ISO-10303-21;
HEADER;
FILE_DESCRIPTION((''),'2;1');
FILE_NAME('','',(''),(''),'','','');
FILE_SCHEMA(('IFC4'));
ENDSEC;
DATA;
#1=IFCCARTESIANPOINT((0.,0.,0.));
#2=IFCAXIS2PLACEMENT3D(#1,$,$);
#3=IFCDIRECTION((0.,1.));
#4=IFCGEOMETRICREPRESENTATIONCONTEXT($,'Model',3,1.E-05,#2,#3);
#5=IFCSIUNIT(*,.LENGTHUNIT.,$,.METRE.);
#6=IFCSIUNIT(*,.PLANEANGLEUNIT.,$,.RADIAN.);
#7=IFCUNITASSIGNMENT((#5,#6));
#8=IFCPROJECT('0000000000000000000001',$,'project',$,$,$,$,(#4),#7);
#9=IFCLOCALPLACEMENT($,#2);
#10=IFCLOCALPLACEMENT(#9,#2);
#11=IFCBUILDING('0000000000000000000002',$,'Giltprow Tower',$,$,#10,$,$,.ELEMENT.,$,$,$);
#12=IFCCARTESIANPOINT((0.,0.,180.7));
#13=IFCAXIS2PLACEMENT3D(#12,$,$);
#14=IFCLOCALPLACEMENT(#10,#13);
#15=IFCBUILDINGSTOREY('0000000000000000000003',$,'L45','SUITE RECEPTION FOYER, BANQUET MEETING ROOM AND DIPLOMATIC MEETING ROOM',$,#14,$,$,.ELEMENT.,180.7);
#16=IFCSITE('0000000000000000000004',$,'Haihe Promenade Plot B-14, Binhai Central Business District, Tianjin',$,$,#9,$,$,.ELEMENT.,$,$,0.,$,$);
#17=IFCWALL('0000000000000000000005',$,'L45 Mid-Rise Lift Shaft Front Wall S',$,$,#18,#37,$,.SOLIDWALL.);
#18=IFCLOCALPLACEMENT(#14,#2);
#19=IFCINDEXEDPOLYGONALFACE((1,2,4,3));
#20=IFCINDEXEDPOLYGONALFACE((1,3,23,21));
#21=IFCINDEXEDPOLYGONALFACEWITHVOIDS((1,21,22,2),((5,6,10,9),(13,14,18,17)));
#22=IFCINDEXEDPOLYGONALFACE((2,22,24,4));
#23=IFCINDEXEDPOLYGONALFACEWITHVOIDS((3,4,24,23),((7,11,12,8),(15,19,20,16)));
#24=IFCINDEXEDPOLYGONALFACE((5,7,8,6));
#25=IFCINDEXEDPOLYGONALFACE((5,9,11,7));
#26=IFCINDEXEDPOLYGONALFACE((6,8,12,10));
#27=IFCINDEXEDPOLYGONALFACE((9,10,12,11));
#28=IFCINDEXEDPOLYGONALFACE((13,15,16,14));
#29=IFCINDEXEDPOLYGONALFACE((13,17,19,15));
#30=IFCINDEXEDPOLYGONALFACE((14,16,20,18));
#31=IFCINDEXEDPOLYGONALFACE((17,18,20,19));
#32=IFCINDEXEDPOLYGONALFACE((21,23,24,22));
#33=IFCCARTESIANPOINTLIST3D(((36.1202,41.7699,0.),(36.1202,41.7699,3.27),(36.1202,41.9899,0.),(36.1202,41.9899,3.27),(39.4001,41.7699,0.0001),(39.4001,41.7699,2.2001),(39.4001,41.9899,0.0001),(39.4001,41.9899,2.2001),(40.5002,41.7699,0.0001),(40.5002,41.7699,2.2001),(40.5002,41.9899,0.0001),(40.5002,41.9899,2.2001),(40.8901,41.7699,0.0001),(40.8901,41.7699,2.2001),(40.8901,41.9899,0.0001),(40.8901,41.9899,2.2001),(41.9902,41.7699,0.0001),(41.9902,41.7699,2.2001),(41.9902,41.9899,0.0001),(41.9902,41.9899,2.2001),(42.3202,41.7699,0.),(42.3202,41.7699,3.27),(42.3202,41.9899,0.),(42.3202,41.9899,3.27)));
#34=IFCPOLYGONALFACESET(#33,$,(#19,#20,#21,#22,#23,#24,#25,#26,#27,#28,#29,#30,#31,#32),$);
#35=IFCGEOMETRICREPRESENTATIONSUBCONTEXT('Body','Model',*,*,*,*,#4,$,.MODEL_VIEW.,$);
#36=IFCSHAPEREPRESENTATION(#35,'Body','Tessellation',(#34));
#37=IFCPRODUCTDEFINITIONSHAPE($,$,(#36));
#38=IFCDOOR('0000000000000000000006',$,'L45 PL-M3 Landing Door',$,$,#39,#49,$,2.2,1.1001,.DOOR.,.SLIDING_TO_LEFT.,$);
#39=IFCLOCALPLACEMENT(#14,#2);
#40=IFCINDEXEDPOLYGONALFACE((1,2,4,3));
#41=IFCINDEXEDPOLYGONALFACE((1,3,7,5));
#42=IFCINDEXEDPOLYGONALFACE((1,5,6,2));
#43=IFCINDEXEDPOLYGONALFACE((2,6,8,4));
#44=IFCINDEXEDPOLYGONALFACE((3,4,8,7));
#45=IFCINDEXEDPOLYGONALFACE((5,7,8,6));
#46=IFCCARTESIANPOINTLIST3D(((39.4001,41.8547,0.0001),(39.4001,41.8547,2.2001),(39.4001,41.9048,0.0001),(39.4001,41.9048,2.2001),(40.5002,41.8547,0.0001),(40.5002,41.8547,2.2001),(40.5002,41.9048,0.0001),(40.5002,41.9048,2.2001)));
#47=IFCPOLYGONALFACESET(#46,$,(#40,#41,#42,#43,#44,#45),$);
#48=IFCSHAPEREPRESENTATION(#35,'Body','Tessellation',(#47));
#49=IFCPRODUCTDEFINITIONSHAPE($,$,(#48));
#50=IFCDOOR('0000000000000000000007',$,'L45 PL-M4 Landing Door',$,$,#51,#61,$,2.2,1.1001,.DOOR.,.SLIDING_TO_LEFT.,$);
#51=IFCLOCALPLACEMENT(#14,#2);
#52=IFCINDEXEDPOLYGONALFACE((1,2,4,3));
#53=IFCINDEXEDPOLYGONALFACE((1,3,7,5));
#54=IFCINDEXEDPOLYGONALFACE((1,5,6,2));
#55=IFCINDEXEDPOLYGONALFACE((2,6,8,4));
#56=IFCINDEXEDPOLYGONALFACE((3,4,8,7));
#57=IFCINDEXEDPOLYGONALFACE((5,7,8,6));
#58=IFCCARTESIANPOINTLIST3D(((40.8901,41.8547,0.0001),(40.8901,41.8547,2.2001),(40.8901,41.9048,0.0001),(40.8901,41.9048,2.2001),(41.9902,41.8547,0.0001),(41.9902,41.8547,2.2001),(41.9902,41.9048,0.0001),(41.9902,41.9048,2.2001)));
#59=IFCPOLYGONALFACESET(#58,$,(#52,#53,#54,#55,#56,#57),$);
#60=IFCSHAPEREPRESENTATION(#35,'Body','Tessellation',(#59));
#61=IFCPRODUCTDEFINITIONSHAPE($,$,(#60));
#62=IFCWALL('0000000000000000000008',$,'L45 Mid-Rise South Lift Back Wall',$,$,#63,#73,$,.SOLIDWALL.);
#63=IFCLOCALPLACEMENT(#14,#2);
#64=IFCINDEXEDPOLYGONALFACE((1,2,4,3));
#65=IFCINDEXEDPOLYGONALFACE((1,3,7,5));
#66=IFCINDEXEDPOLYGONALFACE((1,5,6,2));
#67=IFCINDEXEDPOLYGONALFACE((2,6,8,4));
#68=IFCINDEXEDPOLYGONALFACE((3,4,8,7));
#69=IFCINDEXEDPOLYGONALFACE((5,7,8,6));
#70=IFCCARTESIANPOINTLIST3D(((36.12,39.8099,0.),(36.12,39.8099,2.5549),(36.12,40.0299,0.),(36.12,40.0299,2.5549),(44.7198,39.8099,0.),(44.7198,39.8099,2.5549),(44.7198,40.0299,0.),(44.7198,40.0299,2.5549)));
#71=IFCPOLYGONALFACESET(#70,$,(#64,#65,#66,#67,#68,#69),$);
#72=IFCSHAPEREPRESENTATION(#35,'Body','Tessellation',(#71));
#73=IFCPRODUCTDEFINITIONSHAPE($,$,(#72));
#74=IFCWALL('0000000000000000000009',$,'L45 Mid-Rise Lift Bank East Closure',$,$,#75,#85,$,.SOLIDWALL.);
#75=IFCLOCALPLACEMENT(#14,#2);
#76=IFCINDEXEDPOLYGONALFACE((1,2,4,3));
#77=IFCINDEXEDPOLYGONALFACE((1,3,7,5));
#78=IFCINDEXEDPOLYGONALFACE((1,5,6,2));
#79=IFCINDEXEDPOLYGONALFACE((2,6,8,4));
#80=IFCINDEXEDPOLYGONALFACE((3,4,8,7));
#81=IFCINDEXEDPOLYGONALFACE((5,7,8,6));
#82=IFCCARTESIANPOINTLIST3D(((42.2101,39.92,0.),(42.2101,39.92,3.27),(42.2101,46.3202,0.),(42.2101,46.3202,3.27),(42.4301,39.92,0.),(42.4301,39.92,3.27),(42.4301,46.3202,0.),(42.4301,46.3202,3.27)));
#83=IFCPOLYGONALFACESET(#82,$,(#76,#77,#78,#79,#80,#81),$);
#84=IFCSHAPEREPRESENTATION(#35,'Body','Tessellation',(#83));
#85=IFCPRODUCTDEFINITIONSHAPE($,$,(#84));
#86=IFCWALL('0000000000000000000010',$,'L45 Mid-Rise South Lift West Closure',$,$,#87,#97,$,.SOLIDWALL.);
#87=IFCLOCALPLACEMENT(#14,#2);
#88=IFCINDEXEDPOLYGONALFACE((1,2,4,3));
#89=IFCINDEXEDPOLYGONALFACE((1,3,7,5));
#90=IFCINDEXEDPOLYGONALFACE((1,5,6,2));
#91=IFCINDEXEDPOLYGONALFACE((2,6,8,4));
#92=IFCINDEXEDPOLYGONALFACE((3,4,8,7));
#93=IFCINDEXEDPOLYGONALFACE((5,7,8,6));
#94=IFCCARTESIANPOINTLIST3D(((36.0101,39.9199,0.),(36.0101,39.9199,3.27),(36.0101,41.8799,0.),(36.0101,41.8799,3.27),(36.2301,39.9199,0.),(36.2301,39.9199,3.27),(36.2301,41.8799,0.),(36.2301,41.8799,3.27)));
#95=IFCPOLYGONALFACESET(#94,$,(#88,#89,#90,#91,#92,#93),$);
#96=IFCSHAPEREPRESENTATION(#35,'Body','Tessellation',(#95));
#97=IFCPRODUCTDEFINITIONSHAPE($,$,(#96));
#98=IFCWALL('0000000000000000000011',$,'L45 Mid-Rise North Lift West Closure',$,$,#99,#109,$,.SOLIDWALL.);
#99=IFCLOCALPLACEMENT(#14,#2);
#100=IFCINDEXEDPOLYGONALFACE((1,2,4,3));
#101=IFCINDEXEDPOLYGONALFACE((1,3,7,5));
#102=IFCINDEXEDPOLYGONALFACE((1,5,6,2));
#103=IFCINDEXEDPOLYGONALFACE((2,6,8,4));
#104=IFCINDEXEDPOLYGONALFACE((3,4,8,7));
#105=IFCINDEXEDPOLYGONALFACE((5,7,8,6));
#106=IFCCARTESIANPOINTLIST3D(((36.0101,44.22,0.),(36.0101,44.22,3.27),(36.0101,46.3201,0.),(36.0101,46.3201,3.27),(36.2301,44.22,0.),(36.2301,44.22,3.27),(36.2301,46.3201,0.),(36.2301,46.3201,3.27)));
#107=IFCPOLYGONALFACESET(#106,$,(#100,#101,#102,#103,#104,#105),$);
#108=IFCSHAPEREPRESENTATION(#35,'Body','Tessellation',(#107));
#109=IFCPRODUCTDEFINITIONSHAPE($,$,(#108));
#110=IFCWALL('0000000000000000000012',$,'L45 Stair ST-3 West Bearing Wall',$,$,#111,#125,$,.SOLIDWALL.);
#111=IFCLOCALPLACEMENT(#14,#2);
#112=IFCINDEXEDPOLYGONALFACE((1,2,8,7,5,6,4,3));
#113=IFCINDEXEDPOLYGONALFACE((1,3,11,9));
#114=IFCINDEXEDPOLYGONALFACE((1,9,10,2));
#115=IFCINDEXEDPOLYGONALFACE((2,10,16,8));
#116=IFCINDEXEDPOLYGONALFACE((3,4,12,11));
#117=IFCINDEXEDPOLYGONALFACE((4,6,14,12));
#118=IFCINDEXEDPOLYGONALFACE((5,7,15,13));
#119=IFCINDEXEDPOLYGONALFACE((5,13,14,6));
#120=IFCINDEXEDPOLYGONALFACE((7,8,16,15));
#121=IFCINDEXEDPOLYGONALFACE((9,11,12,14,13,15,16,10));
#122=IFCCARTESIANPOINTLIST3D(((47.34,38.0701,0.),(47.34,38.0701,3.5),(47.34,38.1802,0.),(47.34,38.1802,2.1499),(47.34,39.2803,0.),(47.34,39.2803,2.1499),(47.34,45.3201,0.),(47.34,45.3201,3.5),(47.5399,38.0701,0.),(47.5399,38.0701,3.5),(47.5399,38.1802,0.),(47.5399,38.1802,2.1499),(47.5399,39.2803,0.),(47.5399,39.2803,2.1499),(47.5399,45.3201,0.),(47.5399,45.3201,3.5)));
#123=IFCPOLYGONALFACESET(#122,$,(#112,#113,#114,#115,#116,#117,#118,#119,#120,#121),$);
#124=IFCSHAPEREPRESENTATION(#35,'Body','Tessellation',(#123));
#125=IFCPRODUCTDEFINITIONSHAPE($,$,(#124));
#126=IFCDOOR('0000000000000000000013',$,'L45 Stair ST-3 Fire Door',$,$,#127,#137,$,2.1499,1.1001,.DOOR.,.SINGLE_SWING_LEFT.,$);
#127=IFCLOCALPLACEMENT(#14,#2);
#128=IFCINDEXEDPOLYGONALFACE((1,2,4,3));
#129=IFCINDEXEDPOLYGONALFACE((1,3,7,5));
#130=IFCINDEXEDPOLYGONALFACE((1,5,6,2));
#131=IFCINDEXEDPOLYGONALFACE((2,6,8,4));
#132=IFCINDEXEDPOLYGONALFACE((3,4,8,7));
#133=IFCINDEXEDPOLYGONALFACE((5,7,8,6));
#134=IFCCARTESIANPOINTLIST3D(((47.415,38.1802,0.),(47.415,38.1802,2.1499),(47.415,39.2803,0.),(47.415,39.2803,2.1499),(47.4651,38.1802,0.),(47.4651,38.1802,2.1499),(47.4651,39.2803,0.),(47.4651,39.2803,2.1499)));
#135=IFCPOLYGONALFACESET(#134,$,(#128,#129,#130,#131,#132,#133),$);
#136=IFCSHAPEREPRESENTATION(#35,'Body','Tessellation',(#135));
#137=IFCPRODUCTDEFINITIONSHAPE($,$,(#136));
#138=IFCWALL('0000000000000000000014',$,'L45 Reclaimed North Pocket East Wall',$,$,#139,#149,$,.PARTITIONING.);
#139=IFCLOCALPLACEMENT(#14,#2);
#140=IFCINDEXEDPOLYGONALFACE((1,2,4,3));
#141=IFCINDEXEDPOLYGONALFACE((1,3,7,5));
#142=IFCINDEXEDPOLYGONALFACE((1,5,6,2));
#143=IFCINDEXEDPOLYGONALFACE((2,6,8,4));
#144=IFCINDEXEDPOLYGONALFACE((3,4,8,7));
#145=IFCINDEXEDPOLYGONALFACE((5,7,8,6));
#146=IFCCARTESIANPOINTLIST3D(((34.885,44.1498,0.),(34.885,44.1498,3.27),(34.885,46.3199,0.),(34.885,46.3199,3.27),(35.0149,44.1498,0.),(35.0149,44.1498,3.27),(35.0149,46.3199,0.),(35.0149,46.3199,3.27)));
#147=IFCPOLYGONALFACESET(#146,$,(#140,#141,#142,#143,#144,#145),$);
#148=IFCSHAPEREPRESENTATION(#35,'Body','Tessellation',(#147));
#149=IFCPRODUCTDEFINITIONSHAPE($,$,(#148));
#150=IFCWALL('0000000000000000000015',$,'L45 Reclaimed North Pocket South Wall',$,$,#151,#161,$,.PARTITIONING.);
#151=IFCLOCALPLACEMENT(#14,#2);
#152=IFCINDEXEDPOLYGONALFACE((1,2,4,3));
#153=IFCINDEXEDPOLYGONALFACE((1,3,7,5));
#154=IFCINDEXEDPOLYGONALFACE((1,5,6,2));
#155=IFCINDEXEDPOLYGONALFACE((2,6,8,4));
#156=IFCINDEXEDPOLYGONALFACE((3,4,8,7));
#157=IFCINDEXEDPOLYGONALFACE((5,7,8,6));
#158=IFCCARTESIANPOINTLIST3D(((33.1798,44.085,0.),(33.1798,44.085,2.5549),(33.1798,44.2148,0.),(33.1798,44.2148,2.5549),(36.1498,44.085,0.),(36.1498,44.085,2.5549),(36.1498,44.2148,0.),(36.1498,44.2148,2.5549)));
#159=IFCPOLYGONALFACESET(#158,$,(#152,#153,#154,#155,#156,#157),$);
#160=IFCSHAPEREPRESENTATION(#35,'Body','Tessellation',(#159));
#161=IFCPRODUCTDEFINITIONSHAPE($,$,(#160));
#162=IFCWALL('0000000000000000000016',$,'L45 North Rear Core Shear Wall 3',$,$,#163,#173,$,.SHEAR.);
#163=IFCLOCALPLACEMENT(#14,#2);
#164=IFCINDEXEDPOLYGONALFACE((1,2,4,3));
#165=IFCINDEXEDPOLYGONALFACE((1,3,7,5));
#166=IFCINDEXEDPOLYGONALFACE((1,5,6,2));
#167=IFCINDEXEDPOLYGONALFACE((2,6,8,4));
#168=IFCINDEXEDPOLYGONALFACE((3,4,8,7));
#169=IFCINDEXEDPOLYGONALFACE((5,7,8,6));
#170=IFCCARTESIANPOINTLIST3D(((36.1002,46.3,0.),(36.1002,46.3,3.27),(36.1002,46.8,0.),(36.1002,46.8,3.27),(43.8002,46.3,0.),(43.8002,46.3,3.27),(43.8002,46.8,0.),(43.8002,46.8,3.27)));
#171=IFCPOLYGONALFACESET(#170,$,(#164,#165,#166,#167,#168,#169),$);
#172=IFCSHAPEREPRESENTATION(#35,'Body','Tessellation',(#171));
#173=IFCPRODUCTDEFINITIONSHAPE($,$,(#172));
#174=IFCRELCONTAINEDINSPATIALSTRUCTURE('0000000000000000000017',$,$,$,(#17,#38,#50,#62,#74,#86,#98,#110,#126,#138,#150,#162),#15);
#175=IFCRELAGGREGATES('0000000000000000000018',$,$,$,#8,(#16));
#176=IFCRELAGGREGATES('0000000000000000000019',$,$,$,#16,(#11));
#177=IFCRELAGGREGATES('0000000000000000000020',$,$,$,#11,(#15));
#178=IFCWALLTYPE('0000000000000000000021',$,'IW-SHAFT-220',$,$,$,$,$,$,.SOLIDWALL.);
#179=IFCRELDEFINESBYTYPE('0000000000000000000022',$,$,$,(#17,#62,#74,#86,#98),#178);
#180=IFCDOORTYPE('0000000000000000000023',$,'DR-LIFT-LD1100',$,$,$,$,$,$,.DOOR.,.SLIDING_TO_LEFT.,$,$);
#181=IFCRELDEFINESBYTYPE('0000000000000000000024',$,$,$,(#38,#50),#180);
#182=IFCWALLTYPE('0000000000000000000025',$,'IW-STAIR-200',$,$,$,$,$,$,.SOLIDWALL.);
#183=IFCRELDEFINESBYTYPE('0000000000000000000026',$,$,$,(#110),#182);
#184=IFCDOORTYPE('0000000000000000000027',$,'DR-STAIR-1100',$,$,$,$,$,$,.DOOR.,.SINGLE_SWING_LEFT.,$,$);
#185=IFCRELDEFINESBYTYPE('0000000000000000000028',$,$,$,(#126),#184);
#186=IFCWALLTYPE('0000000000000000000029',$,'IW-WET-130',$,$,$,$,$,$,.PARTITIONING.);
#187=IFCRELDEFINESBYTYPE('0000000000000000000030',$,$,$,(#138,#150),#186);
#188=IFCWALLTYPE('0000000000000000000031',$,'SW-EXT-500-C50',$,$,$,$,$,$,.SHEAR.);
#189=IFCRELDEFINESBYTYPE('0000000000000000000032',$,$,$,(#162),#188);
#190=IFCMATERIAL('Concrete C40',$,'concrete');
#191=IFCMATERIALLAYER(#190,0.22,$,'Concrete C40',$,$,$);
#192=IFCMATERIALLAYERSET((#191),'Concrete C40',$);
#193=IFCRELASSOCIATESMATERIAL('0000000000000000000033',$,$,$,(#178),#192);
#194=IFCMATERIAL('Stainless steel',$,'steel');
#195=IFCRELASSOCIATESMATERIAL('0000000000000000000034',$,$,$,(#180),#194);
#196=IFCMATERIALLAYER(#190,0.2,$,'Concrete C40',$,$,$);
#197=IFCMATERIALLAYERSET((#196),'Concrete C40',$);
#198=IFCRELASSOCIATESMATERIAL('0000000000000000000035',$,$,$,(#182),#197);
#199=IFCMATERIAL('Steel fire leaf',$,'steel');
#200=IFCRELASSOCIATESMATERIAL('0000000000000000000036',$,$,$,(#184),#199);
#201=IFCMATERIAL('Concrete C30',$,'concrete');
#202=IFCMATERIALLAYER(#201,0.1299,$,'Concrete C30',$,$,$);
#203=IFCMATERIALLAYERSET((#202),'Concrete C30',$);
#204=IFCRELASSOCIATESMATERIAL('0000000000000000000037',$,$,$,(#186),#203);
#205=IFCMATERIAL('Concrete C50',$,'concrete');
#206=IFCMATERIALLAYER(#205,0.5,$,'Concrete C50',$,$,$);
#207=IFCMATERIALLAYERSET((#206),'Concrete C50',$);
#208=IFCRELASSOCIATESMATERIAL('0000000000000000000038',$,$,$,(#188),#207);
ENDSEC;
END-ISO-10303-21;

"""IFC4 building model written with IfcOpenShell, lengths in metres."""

from ifc_helpers import new_model, si_unit, direction, frame, frame_2d, origin, place, context, subcontext, project, spatial, rectangle, extrude, source, transform, mapped, material, layer, layer_set, type_object, element, fill, save


model = new_model("IFC4")

# Units and contexts
model_context = context("Model", 3, precision=1e-05, world=origin(), true_north=direction((0.0, 1.0)))
body_context = subcontext(model_context, "Body", "Model", "MODEL_VIEW")
ifc_project = project(units=[si_unit("LENGTHUNIT", "METRE"), si_unit("PLANEANGLEUNIT", "RADIAN")], contexts=[model_context])

# Site, building, storey
site_placement = place(None, origin())
site = spatial("IfcSite", under=ifc_project, at=site_placement, Name="Haihe Promenade Plot B-14, Binhai Central Business District, Tianjin", CompositionType="ELEMENT", RefElevation=0.0)
building_placement = place(site_placement, origin())
building = spatial("IfcBuilding", under=site, at=building_placement, Name="Giltprow Tower", CompositionType="ELEMENT")
storey_placement = place(building_placement, frame((0.0, 0.0, 180.7)))
storey = spatial("IfcBuildingStorey", under=building, at=storey_placement, Name="L45", Description="SUITE RECEPTION FOYER, BANQUET MEETING ROOM AND DIPLOMATIC MEETING ROOM", CompositionType="ELEMENT", Elevation=180.7)

# Shared definitions
ifc_material_1 = material(Name="Concrete C50", Category="concrete")

# Shared definitions
ifc_material_2 = material(Name="Concrete C40", Category="concrete")
ifc_layer_1 = layer(ifc_material_2, 0.22, Name="Concrete C40")
ifc_layer_set_1 = layer_set([ifc_layer_1], Name="Concrete C40")
wall_type_1 = type_object("IfcWallType", Name="IW-SHAFT-220", PredefinedType="SOLIDWALL", material=ifc_layer_set_1)
ifc_material_3 = material(Name="Stainless steel", Category="steel")
door_type_1 = type_object("IfcDoorType", Name="DR-LIFT-LD1100", OperationType="SLIDING_TO_LEFT", PredefinedType="DOOR", material=ifc_material_3)
shared_shape_1 = source(origin(), body_context, "Body", "SweptSolid", [
    extrude(rectangle(XDim=1.1001, YDim=2.2, at=frame_2d((0.55, 1.1001))), frame((0.0, 0.0249, 0.0), z_axis=(0.0, -1.0, 0.0), x_axis=(1.0, 0.0, 0.0)), (0.0, 0.0, 1.0), 0.05),
])

# Wall, openings, doors
wall_1_placement = place(storey_placement, frame((36.1201, 41.8799, 0.0), z_axis=(0.0, 0.0, 1.0), x_axis=(1.0, 0.0, 0.0)))
wall_1 = element("IfcWall", 1, at=wall_1_placement, inside=storey, type_object=wall_type_1, Name="L45 Mid-Rise Lift Shaft Front Wall S", PredefinedType="SOLIDWALL", context=body_context, shape_type="SweptSolid", body=[
    extrude(rectangle(XDim=6.2, YDim=0.22, at=frame_2d((3.1001, 0.0))), origin(), (0.0, 0.0, 1.0), 3.27),
])
opening_1_placement = place(wall_1_placement, frame((3.28, 0.0, 0.0)))
opening_1 = element("IfcOpeningElement", 2, at=opening_1_placement, cuts=wall_1, PredefinedType="OPENING", context=body_context, shape_type="SweptSolid", body=[
    extrude(rectangle(XDim=1.1001, YDim=2.2, at=frame_2d((0.55, 1.1001))), frame((0.0, 0.1199, 0.0), z_axis=(0.0, -1.0, 0.0), x_axis=(1.0, 0.0, 0.0)), (0.0, 0.0, 1.0), 0.24),
])
opening_2_placement = place(wall_1_placement, frame((4.77, 0.0, 0.0)))
opening_2 = element("IfcOpeningElement", 3, at=opening_2_placement, cuts=wall_1, PredefinedType="OPENING", context=body_context, shape_type="SweptSolid", body=[
    extrude(rectangle(XDim=1.1001, YDim=2.2, at=frame_2d((0.55, 1.1001))), frame((0.0, 0.1199, 0.0), z_axis=(0.0, -1.0, 0.0), x_axis=(1.0, 0.0, 0.0)), (0.0, 0.0, 1.0), 0.24),
])
door_1_placement = place(opening_1_placement, origin())
door_1 = element("IfcDoor", 4, at=door_1_placement, inside=storey, type_object=door_type_1, Name="L45 PL-M3 Landing Door", OperationType="SLIDING_TO_LEFT", OverallHeight=2.2, OverallWidth=1.1001, PredefinedType="DOOR", context=body_context, shape_type="MappedRepresentation", body=[
    mapped(shared_shape_1, transform((0.0, 0.0, 0.0), x_axis=(1.0, 0.0, 0.0), y_axis=(0.0, 1.0, 0.0), z_axis=(0.0, 0.0, 1.0), scale=1.0)),
])
fill(opening_1, door_1)
door_2_placement = place(opening_2_placement, origin())
door_2 = element("IfcDoor", 5, at=door_2_placement, inside=storey, type_object=door_type_1, Name="L45 PL-M4 Landing Door", OperationType="SLIDING_TO_LEFT", OverallHeight=2.2, OverallWidth=1.1001, PredefinedType="DOOR", context=body_context, shape_type="MappedRepresentation", body=[
    mapped(shared_shape_1, transform((0.0, 0.0, 0.0), x_axis=(1.0, 0.0, 0.0), y_axis=(0.0, 1.0, 0.0), z_axis=(0.0, 0.0, 1.0), scale=1.0)),
])
fill(opening_2, door_2)

# Walls
wall_2_placement = place(storey_placement, frame((36.1201, 39.9199, 0.0), z_axis=(0.0, 0.0, 1.0), x_axis=(1.0, 0.0, 0.0)))
element("IfcWall", 6, at=wall_2_placement, inside=storey, type_object=wall_type_1, Name="L45 Mid-Rise South Lift Back Wall", PredefinedType="SOLIDWALL", context=body_context, shape_type="SweptSolid", body=[
    extrude(rectangle(XDim=8.5999, YDim=0.22, at=frame_2d((4.2998, 0.0))), origin(), (0.0, 0.0, 1.0), 2.5549),
])
wall_3_placement = place(storey_placement, frame((42.3201, 39.9199, 0.0), z_axis=(0.0, 0.0, 1.0), x_axis=(0.0, 1.0, 0.0)))
element("IfcWall", 7, at=wall_3_placement, inside=storey, type_object=wall_type_1, Name="L45 Mid-Rise Lift Bank East Closure", PredefinedType="SOLIDWALL", context=body_context, shape_type="SweptSolid", body=[
    extrude(rectangle(XDim=6.4001, YDim=0.22, at=frame_2d((3.2002, 0.0))), origin(), (0.0, 0.0, 1.0), 3.27),
])
wall_4_placement = place(storey_placement, frame((36.1201, 39.9199, 0.0), z_axis=(0.0, 0.0, 1.0), x_axis=(0.0, 1.0, 0.0)))
element("IfcWall", 8, at=wall_4_placement, inside=storey, type_object=wall_type_1, Name="L45 Mid-Rise South Lift West Closure", PredefinedType="SOLIDWALL", context=body_context, shape_type="SweptSolid", body=[
    extrude(rectangle(XDim=1.96, YDim=0.22, at=frame_2d((0.98, 0.0))), origin(), (0.0, 0.0, 1.0), 3.27),
])
wall_5_placement = place(storey_placement, frame((36.1201, 44.22, 0.0), z_axis=(0.0, 0.0, 1.0), x_axis=(0.0, 1.0, 0.0)))
element("IfcWall", 9, at=wall_5_placement, inside=storey, type_object=wall_type_1, Name="L45 Mid-Rise North Lift West Closure", PredefinedType="SOLIDWALL", context=body_context, shape_type="SweptSolid", body=[
    extrude(rectangle(XDim=2.1001, YDim=0.22, at=frame_2d((1.05, 0.0))), origin(), (0.0, 0.0, 1.0), 3.27),
])

# Wall, opening, door
ifc_layer_2 = layer(ifc_material_2, 0.2, Name="Concrete C40")
ifc_layer_set_2 = layer_set([ifc_layer_2], Name="Concrete C40")
wall_type_2 = type_object("IfcWallType", Name="IW-STAIR-200", PredefinedType="SOLIDWALL", material=ifc_layer_set_2)
wall_6_placement = place(storey_placement, frame((47.4399, 38.0701, 0.0), z_axis=(0.0, 0.0, 1.0), x_axis=(0.0, 1.0, 0.0)))
wall_6 = element("IfcWall", 10, at=wall_6_placement, inside=storey, type_object=wall_type_2, Name="L45 Stair ST-3 West Bearing Wall", PredefinedType="SOLIDWALL", context=body_context, shape_type="SweptSolid", body=[
    extrude(rectangle(XDim=7.25, YDim=0.2, at=frame_2d((3.625, 0.0))), origin(), (0.0, 0.0, 1.0), 3.5),
])
opening_3_placement = place(wall_6_placement, frame((0.1101, 0.0, 0.0)))
opening_3 = element("IfcOpeningElement", 11, at=opening_3_placement, cuts=wall_6, PredefinedType="OPENING", context=body_context, shape_type="SweptSolid", body=[
    extrude(rectangle(XDim=1.1001, YDim=2.1499, at=frame_2d((0.55, 1.075))), frame((0.0, 0.1099, 0.0), z_axis=(0.0, -1.0, 0.0), x_axis=(1.0, 0.0, 0.0)), (0.0, 0.0, 1.0), 0.22),
])
ifc_material_4 = material(Name="Steel fire leaf", Category="steel")
door_type_2 = type_object("IfcDoorType", Name="DR-STAIR-1100", OperationType="SINGLE_SWING_LEFT", PredefinedType="DOOR", material=ifc_material_4)
shared_shape_2 = source(origin(), body_context, "Body", "SweptSolid", [
    extrude(rectangle(XDim=1.1001, YDim=2.1499, at=frame_2d((0.55, 1.075))), frame((0.0, 0.0249, 0.0), z_axis=(0.0, -1.0, 0.0), x_axis=(1.0, 0.0, 0.0)), (0.0, 0.0, 1.0), 0.05),
])
door_3_placement = place(opening_3_placement, origin())
door_3 = element("IfcDoor", 12, at=door_3_placement, inside=storey, type_object=door_type_2, Name="L45 Stair ST-3 Fire Door", OperationType="SINGLE_SWING_LEFT", OverallHeight=2.1499, OverallWidth=1.1001, PredefinedType="DOOR", context=body_context, shape_type="MappedRepresentation", body=[
    mapped(shared_shape_2, transform((0.0, 0.0, 0.0), x_axis=(1.0, 0.0, 0.0), y_axis=(0.0, 1.0, 0.0), z_axis=(0.0, 0.0, 1.0), scale=1.0)),
])
fill(opening_3, door_3)

# Walls
ifc_material_5 = material(Name="Concrete C30", Category="concrete")
ifc_layer_3 = layer(ifc_material_5, 0.1299, Name="Concrete C30")
ifc_layer_set_3 = layer_set([ifc_layer_3], Name="Concrete C30")
wall_type_3 = type_object("IfcWallType", Name="IW-WET-130", PredefinedType="PARTITIONING", material=ifc_layer_set_3)
wall_7_placement = place(storey_placement, frame((34.95, 44.1499, 0.0), z_axis=(0.0, 0.0, 1.0), x_axis=(0.0, 1.0, 0.0)))
element("IfcWall", 13, at=wall_7_placement, inside=storey, type_object=wall_type_3, Name="L45 Reclaimed North Pocket East Wall", PredefinedType="PARTITIONING", context=body_context, shape_type="SweptSolid", body=[
    extrude(rectangle(XDim=2.1702, YDim=0.1299, at=frame_2d((1.085, 0.0))), origin(), (0.0, 0.0, 1.0), 3.27),
])
wall_8_placement = place(storey_placement, frame((33.1799, 44.1499, 0.0), z_axis=(0.0, 0.0, 1.0), x_axis=(1.0, 0.0, 0.0)))
element("IfcWall", 14, at=wall_8_placement, inside=storey, type_object=wall_type_3, Name="L45 Reclaimed North Pocket South Wall", PredefinedType="PARTITIONING", context=body_context, shape_type="SweptSolid", body=[
    extrude(rectangle(XDim=2.97, YDim=0.1299, at=frame_2d((1.4849, 0.0))), origin(), (0.0, 0.0, 1.0), 2.5549),
])
ifc_layer_4 = layer(ifc_material_1, 0.5, Name="Concrete C50")
ifc_layer_set_4 = layer_set([ifc_layer_4], Name="Concrete C50")
wall_type_4 = type_object("IfcWallType", Name="SW-EXT-500-C50", PredefinedType="SHEAR", material=ifc_layer_set_4)
wall_9_placement = place(storey_placement, frame((36.1001, 46.55, 0.0), z_axis=(0.0, 0.0, 1.0), x_axis=(1.0, 0.0, 0.0)))
element("IfcWall", 15, at=wall_9_placement, inside=storey, type_object=wall_type_4, Name="L45 North Rear Core Shear Wall 3", PredefinedType="SHEAR", context=body_context, shape_type="SweptSolid", body=[
    extrude(rectangle(XDim=7.7, YDim=0.5, at=frame_2d((3.8501, 0.0))), origin(), (0.0, 0.0, 1.0), 3.27),
])

save(model, "model.ifc")
